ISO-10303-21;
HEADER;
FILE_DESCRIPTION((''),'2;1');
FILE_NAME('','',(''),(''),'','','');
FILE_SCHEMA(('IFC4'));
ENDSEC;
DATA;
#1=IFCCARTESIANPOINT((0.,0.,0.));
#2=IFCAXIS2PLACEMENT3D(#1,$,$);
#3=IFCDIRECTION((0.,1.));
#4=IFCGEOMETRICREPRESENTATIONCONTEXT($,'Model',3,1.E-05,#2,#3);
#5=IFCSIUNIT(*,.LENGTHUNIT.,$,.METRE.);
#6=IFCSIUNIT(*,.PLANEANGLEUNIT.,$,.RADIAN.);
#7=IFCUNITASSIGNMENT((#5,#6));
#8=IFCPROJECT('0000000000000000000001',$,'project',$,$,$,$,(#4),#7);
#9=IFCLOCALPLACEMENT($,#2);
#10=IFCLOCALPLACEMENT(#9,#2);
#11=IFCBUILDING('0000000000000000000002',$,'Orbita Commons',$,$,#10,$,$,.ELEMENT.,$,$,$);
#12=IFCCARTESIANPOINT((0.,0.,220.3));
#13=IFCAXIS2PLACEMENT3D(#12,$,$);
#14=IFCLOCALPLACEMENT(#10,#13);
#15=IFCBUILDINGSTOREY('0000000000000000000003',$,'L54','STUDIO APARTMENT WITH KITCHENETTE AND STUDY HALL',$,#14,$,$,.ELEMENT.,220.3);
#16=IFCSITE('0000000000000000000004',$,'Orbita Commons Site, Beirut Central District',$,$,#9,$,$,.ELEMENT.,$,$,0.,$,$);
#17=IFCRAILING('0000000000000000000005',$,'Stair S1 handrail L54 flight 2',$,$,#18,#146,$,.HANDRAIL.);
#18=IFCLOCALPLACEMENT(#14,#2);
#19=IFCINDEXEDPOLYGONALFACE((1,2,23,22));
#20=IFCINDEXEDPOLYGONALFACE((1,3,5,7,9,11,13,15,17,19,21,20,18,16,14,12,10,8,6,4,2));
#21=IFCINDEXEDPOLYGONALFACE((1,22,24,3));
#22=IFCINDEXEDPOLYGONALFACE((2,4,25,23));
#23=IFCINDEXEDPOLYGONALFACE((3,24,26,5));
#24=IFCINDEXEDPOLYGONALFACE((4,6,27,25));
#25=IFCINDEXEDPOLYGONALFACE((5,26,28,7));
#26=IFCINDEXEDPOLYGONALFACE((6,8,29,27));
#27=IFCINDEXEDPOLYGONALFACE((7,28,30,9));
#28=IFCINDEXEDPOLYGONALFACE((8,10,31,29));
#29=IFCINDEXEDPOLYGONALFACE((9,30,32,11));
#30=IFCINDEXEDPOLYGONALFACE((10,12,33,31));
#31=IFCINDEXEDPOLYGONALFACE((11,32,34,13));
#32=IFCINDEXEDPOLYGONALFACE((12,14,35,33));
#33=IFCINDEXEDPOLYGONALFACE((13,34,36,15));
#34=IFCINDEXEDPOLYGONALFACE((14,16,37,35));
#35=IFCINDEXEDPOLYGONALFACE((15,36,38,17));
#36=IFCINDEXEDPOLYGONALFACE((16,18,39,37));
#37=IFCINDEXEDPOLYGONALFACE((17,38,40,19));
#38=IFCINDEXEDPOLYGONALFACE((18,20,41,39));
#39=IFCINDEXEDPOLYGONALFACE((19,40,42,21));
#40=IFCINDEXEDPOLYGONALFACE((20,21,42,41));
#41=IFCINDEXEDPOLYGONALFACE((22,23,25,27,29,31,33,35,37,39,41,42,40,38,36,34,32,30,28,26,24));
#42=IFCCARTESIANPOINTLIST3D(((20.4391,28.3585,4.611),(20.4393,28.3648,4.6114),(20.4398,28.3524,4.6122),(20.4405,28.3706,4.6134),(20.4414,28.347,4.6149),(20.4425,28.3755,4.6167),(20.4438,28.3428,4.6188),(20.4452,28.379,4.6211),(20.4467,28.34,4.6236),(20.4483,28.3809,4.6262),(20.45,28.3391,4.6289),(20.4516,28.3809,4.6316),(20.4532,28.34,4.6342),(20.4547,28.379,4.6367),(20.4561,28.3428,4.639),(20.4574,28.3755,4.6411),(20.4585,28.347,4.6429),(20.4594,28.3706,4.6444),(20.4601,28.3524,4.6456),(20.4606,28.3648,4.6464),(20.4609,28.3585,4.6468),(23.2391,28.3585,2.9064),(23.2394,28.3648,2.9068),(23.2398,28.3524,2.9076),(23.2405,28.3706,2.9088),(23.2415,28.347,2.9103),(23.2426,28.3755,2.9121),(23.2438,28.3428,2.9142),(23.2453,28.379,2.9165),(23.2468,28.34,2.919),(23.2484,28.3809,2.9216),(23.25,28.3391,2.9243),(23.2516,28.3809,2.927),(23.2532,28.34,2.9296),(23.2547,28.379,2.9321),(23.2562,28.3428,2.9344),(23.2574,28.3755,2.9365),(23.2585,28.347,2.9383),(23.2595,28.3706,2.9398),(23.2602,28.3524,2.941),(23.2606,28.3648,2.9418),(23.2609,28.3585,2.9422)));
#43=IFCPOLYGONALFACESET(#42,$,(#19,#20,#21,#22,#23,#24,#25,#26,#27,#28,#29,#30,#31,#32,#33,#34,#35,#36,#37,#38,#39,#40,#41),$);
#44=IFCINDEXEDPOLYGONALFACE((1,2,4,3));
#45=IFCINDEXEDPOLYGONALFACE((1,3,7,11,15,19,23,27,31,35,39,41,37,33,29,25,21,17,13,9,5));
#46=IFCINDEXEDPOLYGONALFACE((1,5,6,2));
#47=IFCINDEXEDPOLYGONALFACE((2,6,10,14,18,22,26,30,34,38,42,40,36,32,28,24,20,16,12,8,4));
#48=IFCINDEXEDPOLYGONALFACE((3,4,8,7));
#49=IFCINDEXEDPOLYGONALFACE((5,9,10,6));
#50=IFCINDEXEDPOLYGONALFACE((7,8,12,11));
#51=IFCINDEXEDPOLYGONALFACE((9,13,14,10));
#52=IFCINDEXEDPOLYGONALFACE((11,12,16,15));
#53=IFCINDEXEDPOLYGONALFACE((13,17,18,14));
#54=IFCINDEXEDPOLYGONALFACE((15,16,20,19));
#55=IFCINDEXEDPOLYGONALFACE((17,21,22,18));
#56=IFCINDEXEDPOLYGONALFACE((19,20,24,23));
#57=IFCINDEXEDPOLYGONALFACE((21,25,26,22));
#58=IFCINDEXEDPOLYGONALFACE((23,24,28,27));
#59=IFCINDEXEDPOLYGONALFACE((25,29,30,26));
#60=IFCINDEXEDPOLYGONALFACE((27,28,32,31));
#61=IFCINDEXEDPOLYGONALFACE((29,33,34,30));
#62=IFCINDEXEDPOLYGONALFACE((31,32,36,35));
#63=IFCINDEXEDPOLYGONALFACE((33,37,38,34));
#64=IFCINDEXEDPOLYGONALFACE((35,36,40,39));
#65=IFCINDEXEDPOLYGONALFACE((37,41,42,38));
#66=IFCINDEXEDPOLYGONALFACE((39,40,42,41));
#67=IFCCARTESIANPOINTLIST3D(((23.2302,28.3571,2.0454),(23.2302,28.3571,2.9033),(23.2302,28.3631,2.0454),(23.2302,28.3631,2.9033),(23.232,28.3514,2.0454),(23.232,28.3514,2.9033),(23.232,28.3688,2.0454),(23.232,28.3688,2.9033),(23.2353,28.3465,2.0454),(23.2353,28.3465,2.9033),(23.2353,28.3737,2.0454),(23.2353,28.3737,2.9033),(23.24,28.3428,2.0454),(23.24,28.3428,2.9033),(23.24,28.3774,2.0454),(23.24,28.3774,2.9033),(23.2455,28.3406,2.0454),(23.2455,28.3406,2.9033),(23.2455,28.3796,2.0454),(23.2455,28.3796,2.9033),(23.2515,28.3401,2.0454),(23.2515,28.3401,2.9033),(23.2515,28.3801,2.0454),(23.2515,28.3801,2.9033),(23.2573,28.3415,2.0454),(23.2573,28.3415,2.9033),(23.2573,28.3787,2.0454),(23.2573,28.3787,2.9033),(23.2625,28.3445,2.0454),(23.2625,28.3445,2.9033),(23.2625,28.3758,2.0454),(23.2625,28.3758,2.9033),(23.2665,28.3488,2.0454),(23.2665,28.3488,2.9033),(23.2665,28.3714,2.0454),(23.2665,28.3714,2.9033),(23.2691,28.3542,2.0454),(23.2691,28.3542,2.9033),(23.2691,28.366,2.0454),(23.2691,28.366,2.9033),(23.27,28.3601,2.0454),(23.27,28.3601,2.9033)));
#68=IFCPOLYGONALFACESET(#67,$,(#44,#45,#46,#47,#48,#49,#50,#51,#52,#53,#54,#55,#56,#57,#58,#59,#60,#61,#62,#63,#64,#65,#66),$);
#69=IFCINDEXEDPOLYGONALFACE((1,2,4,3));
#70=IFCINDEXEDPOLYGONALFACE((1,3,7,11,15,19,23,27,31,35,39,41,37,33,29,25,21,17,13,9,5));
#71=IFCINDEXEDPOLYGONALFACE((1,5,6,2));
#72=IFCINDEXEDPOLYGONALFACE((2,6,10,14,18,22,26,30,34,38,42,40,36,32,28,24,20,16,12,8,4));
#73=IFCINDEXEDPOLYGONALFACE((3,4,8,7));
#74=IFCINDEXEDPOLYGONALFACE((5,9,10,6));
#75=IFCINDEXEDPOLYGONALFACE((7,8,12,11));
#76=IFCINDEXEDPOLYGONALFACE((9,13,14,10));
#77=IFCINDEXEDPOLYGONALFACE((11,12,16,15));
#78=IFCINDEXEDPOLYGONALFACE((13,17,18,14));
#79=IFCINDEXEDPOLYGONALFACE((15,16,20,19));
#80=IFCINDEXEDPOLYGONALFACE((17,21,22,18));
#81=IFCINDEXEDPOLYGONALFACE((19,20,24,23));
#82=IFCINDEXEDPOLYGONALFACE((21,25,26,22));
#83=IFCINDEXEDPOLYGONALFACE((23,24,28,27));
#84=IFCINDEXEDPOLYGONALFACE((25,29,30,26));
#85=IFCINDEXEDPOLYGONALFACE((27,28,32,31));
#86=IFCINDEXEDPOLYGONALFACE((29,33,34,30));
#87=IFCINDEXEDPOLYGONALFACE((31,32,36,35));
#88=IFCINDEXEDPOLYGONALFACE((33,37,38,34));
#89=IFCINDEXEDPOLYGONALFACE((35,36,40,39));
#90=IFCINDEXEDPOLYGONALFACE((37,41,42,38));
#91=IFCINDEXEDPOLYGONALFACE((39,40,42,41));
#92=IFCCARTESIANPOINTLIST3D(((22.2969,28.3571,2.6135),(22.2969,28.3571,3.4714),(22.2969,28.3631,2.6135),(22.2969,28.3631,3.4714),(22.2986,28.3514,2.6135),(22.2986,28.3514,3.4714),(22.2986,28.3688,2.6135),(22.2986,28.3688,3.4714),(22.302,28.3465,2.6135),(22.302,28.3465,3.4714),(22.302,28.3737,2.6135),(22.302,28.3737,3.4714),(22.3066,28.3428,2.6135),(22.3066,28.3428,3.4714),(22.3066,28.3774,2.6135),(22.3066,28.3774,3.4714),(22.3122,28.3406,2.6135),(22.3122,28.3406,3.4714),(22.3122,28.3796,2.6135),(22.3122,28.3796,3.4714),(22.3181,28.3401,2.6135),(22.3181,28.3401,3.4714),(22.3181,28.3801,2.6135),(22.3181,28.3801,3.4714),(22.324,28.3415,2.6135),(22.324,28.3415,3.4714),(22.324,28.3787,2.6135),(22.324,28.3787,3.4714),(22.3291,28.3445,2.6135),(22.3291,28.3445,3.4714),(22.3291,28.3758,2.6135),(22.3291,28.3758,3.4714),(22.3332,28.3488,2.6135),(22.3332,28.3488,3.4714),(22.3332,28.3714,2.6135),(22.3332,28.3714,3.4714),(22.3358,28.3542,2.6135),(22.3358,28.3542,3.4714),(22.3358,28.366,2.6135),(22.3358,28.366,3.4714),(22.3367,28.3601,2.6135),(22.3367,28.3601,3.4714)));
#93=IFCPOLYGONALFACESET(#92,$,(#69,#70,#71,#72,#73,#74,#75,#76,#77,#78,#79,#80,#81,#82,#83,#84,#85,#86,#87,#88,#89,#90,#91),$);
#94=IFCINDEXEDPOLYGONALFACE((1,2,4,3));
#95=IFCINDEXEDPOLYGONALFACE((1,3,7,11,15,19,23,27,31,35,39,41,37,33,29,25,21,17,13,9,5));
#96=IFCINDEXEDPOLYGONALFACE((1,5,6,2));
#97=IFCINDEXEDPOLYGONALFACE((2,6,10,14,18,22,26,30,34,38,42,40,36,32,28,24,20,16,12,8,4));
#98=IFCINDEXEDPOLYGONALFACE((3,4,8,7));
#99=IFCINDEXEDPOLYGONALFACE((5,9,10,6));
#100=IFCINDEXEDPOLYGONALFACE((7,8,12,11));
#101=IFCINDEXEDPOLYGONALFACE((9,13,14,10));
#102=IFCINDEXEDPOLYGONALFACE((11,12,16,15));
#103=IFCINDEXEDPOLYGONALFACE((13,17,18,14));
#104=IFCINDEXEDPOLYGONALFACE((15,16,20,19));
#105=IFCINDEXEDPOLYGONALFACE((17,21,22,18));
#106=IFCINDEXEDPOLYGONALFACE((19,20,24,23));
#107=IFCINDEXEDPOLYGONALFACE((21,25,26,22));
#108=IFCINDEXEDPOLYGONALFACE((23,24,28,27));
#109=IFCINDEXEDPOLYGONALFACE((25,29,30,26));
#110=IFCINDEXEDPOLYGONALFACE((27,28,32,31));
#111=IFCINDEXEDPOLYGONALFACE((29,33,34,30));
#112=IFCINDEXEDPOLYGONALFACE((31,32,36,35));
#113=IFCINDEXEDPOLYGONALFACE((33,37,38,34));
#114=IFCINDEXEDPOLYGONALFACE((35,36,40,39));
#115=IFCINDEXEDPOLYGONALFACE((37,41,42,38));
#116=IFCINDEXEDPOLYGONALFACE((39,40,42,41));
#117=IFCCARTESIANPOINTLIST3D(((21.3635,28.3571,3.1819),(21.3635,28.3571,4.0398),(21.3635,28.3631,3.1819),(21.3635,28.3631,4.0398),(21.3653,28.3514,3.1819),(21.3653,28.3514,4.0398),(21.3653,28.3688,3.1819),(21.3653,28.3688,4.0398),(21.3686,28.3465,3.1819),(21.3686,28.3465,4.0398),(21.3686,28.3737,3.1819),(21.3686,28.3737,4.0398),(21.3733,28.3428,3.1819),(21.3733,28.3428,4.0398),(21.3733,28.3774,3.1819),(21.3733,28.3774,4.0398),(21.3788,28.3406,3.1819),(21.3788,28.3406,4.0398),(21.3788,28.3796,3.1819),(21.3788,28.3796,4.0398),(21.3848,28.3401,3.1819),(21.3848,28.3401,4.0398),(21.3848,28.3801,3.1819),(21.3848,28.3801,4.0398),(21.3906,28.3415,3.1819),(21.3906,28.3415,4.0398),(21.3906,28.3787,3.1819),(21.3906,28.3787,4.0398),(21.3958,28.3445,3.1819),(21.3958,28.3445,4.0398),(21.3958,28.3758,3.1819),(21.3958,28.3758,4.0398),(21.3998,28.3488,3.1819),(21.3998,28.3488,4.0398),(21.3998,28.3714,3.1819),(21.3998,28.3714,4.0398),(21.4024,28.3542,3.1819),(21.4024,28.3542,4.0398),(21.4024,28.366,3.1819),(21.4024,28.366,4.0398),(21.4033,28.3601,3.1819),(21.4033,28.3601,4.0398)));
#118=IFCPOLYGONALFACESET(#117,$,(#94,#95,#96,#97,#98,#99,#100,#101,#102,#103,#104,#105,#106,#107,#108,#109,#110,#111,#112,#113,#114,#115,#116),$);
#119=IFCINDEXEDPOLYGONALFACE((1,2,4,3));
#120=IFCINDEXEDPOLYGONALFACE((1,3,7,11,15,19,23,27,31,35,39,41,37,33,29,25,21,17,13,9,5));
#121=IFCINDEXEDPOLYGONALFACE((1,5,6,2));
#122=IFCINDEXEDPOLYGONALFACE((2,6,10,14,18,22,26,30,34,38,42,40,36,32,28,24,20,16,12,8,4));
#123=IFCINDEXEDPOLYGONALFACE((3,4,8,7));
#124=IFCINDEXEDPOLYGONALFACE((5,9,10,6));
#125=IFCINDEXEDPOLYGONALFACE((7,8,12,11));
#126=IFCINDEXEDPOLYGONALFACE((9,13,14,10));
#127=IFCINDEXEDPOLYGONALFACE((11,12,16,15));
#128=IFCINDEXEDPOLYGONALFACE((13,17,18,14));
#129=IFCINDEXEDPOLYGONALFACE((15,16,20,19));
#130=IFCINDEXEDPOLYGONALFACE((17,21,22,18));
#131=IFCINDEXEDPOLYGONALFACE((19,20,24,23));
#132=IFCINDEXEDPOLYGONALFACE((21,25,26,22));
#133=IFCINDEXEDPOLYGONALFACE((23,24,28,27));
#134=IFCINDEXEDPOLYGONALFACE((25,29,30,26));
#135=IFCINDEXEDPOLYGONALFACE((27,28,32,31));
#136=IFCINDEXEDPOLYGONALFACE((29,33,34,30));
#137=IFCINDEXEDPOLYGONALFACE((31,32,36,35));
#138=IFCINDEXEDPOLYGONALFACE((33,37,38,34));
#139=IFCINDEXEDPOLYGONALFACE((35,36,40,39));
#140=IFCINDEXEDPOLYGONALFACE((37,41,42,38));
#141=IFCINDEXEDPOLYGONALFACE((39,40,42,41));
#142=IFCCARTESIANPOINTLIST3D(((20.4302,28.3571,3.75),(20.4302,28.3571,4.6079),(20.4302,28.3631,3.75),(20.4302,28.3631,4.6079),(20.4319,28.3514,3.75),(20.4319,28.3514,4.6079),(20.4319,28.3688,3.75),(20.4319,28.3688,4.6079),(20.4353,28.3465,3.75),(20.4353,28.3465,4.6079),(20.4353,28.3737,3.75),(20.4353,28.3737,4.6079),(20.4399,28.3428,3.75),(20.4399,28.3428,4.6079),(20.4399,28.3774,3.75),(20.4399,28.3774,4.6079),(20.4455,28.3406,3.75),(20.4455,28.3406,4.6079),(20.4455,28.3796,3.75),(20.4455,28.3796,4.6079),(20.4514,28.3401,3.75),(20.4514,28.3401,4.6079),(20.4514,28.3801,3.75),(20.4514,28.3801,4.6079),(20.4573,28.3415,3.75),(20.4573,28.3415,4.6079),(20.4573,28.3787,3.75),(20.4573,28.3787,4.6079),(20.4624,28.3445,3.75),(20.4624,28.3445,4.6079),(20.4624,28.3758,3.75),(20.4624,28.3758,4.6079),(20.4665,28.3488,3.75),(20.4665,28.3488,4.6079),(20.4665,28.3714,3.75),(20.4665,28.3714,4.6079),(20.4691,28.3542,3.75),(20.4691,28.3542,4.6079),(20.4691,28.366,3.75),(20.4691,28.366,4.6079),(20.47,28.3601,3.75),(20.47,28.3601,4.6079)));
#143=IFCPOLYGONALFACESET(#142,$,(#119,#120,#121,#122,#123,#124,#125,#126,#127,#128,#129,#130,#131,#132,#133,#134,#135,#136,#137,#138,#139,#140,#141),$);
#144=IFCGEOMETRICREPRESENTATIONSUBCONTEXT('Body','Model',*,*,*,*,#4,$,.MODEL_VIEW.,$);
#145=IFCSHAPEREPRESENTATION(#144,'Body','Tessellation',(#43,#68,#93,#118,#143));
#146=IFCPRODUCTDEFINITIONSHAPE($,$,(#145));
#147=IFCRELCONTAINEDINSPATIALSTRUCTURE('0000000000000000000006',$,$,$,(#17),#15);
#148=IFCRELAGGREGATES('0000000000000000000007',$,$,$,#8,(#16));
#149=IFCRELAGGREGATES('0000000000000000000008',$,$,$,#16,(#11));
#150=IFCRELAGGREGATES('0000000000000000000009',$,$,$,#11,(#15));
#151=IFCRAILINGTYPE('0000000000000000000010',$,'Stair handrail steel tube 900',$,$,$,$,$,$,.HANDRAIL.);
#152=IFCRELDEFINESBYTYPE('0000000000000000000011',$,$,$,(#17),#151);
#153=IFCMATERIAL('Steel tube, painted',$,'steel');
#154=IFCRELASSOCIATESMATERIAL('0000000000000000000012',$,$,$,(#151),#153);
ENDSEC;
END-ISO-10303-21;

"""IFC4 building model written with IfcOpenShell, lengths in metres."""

from ifc_helpers import new_model, si_unit, direction, frame, origin, origin_2d, place, context, subcontext, project, spatial, circle, extrude, material, type_object, element, save


model = new_model("IFC4")

# Units and contexts
model_context = context("Model", 3, precision=1e-05, world=origin(), true_north=direction((0.0, 1.0)))
body_context = subcontext(model_context, "Body", "Model", "MODEL_VIEW")
ifc_project = project(units=[si_unit("LENGTHUNIT", "METRE"), si_unit("PLANEANGLEUNIT", "RADIAN")], contexts=[model_context])

# Site, building, storey
site_placement = place(None, origin())
site = spatial("IfcSite", under=ifc_project, at=site_placement, Name="Orbita Commons Site, Beirut Central District", CompositionType="ELEMENT", RefElevation=0.0)
building_placement = place(site_placement, origin())
building = spatial("IfcBuilding", under=site, at=building_placement, Name="Orbita Commons", CompositionType="ELEMENT")
storey_placement = place(building_placement, frame((0.0, 0.0, 220.3)))
storey = spatial("IfcBuildingStorey", under=building, at=storey_placement, Name="L54", Description="STUDIO APARTMENT WITH KITCHENETTE AND STUDY HALL", CompositionType="ELEMENT", Elevation=220.3)

# Railing
ifc_material_1 = material(Name="Steel tube, painted", Category="steel")
railing_type = type_object("IfcRailingType", Name="Stair handrail steel tube 900", PredefinedType="HANDRAIL", material=ifc_material_1)
for number, where, name in (
    (1, (23.25, 28.3601, 2.0454), "Stair S1 handrail L54 flight 2"),
):
    element("IfcRailing", number, at=place(storey_placement, frame(where)), inside=storey, type_object=railing_type, Name=name, PredefinedType="HANDRAIL", context=body_context, shape_type="SweptSolid", body=[
        extrude(circle(Radius=0.021, at=origin_2d()), frame((0.0, 0.0, 0.8789), z_axis=(-0.85417, 0.0, 0.519994), x_axis=(0.0, -1.0, 0.0)), (0.0, 0.0, 1.0), 3.2781),
        extrude(circle(Radius=0.02, at=origin_2d()), origin(), (0.0, 0.0, 1.0), 0.8579),
        extrude(circle(Radius=0.02, at=origin_2d()), frame((-0.9333, 0.0, 0.5681)), (0.0, 0.0, 1.0), 0.8579),
        extrude(circle(Radius=0.02, at=origin_2d()), frame((-1.8667, 0.0, 1.1365)), (0.0, 0.0, 1.0), 0.8579),
        extrude(circle(Radius=0.02, at=origin_2d()), frame((-2.8, 0.0, 1.7046)), (0.0, 0.0, 1.0), 0.8579),
    ])

save(model, "model.ifc")
